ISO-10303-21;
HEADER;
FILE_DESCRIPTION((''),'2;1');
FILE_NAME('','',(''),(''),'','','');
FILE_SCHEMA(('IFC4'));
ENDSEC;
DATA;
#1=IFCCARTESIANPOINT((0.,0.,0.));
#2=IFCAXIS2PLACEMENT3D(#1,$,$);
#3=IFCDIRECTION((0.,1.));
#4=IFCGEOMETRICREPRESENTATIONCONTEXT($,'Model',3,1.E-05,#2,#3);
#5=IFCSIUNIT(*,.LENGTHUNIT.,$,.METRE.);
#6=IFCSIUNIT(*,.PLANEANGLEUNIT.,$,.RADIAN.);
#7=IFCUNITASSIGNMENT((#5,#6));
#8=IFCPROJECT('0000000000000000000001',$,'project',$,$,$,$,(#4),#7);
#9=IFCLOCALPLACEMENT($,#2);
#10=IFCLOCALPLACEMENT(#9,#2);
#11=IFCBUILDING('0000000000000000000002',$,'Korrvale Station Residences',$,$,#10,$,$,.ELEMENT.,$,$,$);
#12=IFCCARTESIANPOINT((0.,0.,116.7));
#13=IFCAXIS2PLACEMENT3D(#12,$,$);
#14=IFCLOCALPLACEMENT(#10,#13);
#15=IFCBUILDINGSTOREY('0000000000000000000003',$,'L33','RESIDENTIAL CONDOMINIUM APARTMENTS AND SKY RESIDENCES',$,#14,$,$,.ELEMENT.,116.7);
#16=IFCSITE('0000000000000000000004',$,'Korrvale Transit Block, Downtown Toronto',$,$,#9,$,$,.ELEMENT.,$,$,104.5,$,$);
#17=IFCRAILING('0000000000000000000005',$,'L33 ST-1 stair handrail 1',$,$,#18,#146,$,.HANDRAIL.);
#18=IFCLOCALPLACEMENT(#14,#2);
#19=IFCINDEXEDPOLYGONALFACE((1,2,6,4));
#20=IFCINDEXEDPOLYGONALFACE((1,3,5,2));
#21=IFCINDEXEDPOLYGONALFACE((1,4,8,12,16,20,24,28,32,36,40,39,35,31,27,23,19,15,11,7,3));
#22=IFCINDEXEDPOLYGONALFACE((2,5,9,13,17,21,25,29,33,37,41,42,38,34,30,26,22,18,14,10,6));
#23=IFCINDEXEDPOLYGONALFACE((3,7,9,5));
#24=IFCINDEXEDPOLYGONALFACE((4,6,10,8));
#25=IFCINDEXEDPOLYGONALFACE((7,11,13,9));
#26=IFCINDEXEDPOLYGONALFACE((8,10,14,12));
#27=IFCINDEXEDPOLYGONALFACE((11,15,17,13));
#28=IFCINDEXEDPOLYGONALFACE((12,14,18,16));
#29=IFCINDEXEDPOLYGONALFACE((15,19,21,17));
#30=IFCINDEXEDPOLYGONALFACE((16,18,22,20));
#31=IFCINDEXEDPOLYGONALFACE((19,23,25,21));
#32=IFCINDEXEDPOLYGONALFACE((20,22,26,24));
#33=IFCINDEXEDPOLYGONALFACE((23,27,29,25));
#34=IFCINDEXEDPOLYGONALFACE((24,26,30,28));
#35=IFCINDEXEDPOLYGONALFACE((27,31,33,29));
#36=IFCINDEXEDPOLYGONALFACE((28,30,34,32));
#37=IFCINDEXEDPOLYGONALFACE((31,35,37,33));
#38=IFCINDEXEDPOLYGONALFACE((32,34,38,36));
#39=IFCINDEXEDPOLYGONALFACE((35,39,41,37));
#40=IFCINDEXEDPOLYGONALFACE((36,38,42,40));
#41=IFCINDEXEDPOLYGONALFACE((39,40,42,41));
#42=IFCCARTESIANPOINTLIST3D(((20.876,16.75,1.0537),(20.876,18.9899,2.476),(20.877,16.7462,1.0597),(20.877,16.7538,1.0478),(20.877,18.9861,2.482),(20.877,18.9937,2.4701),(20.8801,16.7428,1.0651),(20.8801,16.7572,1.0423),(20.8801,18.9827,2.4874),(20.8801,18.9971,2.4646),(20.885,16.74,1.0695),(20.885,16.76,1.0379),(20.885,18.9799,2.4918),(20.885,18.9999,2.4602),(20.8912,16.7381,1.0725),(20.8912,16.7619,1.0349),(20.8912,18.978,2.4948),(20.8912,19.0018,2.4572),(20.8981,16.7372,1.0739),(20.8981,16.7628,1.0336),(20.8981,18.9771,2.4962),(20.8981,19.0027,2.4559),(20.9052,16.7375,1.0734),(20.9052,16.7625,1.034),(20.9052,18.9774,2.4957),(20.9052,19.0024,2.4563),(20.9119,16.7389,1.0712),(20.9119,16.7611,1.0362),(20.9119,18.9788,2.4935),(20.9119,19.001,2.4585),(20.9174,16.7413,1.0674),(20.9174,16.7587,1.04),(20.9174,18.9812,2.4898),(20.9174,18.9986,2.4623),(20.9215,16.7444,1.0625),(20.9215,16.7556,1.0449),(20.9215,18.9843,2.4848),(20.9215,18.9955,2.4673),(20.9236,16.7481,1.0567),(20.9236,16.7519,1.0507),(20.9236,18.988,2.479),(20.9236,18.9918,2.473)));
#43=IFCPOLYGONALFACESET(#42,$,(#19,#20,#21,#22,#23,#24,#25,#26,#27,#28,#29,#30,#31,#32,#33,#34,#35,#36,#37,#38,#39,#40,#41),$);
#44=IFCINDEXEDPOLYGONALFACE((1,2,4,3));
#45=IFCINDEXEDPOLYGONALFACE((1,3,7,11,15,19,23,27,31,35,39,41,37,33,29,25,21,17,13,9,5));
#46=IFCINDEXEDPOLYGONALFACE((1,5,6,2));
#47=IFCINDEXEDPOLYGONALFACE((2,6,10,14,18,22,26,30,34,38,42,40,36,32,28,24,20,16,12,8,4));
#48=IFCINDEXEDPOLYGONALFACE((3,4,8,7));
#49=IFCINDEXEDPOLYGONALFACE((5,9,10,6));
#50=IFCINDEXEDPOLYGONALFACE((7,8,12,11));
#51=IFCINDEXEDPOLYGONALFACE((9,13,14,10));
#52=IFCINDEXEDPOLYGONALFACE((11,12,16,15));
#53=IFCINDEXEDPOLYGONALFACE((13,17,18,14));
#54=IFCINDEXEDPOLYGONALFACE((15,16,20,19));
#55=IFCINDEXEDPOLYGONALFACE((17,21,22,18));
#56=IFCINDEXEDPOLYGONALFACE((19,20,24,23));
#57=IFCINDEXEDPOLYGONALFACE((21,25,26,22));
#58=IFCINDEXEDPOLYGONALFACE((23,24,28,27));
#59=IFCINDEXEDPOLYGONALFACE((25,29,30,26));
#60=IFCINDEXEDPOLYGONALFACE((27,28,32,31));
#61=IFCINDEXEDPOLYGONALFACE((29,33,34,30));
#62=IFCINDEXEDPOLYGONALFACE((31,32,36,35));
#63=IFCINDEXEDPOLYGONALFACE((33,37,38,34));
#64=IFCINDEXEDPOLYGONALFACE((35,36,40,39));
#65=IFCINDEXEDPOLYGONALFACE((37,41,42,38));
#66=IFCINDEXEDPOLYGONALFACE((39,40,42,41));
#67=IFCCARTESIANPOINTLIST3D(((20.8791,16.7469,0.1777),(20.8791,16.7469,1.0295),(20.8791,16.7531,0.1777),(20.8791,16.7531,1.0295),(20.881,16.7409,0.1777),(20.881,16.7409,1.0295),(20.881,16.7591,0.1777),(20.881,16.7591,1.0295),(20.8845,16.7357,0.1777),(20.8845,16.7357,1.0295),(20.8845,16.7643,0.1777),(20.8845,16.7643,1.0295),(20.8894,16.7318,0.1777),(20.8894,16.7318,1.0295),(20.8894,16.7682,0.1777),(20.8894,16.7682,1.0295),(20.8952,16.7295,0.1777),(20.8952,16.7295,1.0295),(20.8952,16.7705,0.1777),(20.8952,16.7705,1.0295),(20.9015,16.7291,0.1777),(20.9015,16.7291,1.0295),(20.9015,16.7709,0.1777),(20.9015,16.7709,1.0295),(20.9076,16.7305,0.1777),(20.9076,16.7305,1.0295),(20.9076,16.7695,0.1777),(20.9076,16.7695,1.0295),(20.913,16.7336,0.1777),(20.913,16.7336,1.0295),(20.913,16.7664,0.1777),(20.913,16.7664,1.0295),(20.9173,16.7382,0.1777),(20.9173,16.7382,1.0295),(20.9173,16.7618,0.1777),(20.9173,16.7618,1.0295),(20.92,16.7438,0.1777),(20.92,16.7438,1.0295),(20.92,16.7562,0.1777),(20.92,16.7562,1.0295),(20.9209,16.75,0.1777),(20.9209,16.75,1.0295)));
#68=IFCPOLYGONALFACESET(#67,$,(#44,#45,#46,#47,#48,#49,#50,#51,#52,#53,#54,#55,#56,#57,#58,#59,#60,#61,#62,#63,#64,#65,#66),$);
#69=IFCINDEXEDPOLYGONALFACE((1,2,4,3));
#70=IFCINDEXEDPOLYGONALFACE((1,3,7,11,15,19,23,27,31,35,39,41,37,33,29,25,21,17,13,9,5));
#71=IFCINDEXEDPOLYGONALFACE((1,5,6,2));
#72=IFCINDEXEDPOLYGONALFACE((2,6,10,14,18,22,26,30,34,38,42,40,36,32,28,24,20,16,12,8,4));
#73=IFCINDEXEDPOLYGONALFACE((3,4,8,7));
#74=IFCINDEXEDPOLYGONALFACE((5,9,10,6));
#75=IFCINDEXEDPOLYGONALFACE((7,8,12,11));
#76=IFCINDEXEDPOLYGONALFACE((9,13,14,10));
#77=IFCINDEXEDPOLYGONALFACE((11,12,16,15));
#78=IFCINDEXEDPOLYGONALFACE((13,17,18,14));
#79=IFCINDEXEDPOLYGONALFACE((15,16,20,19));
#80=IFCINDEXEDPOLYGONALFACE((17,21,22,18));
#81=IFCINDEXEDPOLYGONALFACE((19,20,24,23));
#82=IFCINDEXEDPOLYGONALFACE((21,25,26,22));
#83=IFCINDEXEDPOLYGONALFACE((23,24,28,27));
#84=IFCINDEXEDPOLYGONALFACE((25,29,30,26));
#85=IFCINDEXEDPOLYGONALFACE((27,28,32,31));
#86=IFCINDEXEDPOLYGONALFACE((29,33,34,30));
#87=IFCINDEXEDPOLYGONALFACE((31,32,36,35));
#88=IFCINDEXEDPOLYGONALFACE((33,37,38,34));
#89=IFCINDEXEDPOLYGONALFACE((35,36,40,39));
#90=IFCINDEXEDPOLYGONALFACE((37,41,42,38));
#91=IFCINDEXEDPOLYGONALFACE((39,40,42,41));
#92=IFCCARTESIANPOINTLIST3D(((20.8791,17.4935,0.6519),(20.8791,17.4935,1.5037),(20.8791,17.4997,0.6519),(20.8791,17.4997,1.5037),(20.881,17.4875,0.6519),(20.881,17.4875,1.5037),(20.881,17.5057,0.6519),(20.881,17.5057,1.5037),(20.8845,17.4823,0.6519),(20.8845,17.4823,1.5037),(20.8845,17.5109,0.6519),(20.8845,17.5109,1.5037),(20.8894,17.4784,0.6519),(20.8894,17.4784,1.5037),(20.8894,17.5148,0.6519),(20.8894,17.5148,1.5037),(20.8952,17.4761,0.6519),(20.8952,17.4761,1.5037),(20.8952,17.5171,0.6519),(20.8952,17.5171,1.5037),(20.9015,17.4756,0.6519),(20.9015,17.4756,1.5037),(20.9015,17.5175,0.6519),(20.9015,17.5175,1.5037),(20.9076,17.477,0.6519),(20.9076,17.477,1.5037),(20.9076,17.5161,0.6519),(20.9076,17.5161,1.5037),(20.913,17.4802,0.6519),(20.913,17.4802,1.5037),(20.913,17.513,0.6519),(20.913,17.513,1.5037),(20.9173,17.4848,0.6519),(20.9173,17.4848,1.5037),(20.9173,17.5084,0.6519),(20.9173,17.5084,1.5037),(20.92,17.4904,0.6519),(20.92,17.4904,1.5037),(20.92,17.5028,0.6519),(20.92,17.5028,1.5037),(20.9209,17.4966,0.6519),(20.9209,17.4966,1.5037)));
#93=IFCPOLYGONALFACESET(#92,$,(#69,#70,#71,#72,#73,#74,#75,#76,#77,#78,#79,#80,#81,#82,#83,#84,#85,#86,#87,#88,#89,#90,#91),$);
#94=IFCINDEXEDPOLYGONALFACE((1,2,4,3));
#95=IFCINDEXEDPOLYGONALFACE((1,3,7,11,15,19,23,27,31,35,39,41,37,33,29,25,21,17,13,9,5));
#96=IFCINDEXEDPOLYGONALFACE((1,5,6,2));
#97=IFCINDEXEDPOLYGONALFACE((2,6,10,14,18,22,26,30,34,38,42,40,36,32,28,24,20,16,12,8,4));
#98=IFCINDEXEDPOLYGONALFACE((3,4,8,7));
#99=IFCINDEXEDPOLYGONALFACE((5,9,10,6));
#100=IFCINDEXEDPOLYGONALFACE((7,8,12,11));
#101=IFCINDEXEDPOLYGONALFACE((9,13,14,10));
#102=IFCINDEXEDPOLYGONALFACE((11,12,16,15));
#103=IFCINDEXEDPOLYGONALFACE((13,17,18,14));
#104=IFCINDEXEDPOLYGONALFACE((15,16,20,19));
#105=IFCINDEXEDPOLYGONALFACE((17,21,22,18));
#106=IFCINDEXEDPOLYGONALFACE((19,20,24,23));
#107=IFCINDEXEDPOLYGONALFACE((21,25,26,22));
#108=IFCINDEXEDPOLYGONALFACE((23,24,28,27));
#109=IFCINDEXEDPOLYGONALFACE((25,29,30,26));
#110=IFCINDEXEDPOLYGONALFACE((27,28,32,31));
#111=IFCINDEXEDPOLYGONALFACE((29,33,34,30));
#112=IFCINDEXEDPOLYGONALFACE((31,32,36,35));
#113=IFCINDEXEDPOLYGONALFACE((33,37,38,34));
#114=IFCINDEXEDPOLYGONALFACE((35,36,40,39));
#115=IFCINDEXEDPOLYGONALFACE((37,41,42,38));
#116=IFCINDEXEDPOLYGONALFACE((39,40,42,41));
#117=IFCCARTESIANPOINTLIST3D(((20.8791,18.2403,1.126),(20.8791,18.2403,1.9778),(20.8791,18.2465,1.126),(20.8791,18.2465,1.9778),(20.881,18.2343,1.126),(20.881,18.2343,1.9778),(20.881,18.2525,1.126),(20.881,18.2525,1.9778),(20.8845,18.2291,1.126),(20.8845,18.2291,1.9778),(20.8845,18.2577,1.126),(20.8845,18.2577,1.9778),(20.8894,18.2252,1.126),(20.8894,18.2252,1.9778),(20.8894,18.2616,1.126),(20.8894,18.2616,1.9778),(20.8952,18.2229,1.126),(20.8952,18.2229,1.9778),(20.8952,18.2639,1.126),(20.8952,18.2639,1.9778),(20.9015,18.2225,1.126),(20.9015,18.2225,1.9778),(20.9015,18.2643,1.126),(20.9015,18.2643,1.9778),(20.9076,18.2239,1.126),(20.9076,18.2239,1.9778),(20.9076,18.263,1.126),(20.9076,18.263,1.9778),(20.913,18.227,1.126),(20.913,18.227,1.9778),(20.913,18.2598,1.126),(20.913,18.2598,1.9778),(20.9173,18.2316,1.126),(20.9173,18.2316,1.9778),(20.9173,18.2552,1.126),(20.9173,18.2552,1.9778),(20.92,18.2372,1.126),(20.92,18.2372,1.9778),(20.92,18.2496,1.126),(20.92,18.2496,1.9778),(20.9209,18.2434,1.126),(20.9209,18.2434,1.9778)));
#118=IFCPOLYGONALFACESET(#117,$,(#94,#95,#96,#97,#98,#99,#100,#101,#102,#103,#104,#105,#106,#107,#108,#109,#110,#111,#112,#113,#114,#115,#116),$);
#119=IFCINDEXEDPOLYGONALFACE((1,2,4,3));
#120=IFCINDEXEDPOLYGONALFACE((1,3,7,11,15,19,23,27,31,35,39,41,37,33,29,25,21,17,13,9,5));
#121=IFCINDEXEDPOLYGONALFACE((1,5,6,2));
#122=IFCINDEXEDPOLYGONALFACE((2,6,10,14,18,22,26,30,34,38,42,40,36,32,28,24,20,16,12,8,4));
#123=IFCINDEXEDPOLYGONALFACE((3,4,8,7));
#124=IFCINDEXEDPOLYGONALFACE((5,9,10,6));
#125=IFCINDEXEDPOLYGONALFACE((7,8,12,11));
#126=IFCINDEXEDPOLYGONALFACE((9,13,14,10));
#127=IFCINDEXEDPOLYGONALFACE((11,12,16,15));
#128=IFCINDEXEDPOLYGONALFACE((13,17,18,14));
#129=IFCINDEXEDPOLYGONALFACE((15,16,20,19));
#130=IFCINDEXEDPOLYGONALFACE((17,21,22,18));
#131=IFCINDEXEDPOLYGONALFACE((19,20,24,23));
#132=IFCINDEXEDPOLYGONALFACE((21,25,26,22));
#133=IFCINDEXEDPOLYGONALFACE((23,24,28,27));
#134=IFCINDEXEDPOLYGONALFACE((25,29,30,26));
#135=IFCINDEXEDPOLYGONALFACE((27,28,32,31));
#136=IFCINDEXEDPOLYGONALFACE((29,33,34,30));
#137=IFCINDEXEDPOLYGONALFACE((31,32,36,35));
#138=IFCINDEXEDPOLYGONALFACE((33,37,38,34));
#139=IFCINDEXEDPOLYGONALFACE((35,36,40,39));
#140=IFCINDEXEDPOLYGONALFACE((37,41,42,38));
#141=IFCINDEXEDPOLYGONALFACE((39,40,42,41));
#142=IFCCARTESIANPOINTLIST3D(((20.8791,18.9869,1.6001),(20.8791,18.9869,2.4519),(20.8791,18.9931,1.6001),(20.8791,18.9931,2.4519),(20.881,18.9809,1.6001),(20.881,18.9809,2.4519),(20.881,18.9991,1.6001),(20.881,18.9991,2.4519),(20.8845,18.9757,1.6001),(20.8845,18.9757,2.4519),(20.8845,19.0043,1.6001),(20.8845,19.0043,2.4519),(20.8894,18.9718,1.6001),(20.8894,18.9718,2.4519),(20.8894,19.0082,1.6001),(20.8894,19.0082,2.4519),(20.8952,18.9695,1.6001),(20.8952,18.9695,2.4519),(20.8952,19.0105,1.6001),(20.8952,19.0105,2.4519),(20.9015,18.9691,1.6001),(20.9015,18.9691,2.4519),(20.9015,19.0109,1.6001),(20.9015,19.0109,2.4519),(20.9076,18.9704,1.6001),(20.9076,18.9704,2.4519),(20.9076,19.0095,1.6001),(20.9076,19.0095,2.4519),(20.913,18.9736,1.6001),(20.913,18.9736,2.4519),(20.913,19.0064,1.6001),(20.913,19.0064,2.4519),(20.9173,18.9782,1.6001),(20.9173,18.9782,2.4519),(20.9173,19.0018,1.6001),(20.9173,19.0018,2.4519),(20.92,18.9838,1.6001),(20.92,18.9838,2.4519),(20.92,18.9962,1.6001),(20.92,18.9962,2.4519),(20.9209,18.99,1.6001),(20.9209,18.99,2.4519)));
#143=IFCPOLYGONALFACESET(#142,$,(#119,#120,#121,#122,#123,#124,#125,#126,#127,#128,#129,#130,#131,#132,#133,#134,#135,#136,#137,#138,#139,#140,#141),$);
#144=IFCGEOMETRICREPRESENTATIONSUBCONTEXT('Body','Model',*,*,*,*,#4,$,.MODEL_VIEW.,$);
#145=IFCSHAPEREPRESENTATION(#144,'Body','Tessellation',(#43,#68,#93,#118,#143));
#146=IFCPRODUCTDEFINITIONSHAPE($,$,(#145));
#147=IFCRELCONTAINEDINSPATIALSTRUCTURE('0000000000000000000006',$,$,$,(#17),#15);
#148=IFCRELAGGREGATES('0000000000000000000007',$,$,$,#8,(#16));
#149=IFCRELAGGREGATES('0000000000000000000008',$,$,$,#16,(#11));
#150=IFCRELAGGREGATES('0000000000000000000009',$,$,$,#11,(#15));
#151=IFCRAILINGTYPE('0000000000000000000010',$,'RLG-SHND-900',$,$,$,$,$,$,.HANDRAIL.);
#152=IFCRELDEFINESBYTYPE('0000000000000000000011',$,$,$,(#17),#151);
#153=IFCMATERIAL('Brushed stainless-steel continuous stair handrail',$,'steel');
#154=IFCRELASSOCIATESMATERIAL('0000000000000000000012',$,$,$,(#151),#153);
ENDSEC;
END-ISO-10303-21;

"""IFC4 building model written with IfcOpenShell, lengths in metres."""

from ifc_helpers import new_model, si_unit, direction, frame, origin, origin_2d, place, context, subcontext, project, spatial, circle, extrude, material, type_object, element, save


model = new_model("IFC4")

# Units and contexts
model_context = context("Model", 3, precision=1e-05, world=origin(), true_north=direction((0.0, 1.0)))
body_context = subcontext(model_context, "Body", "Model", "MODEL_VIEW")
ifc_project = project(units=[si_unit("LENGTHUNIT", "METRE"), si_unit("PLANEANGLEUNIT", "RADIAN")], contexts=[model_context])

# Site, building, storey
site_placement = place(None, origin())
site = spatial("IfcSite", under=ifc_project, at=site_placement, Name="Korrvale Transit Block, Downtown Toronto", CompositionType="ELEMENT", RefElevation=104.5)
building_placement = place(site_placement, origin())
building = spatial("IfcBuilding", under=site, at=building_placement, Name="Korrvale Station Residences", CompositionType="ELEMENT")
storey_placement = place(building_placement, frame((0.0, 0.0, 116.7)))
storey = spatial("IfcBuildingStorey", under=building, at=storey_placement, Name="L33", Description="RESIDENTIAL CONDOMINIUM APARTMENTS AND SKY RESIDENCES", CompositionType="ELEMENT", Elevation=116.7)

# Railing
ifc_material_1 = material(Name="Brushed stainless-steel continuous stair handrail", Category="steel")
railing_type_1 = type_object("IfcRailingType", Name="RLG-SHND-900", PredefinedType="HANDRAIL", material=ifc_material_1)
railing_1_placement = place(storey_placement, frame((20.8999, 16.75, 0.1777)))
element("IfcRailing", 1, at=railing_1_placement, inside=storey, type_object=railing_type_1, Name="L33 ST-1 stair handrail 1", PredefinedType="HANDRAIL", context=body_context, shape_type="SweptSolid", body=[
    extrude(circle(Radius=0.0239, at=origin_2d()), frame((0.0, 0.0, 0.876), z_axis=(0.0, 0.844188, 0.536048), x_axis=(-1.0, 0.0, 0.0)), (0.0, 0.0, 1.0), 2.6533),
    extrude(circle(Radius=0.021, at=origin_2d()), origin(), (0.0, 0.0, 1.0), 0.8518),
    extrude(circle(Radius=0.021, at=origin_2d()), frame((0.0, 0.7466, 0.4741)), (0.0, 0.0, 1.0), 0.8518),
    extrude(circle(Radius=0.021, at=origin_2d()), frame((0.0, 1.4934, 0.9482)), (0.0, 0.0, 1.0), 0.8518),
    extrude(circle(Radius=0.021, at=origin_2d()), frame((0.0, 2.24, 1.4224)), (0.0, 0.0, 1.0), 0.8518),
])

save(model, "model.ifc")
